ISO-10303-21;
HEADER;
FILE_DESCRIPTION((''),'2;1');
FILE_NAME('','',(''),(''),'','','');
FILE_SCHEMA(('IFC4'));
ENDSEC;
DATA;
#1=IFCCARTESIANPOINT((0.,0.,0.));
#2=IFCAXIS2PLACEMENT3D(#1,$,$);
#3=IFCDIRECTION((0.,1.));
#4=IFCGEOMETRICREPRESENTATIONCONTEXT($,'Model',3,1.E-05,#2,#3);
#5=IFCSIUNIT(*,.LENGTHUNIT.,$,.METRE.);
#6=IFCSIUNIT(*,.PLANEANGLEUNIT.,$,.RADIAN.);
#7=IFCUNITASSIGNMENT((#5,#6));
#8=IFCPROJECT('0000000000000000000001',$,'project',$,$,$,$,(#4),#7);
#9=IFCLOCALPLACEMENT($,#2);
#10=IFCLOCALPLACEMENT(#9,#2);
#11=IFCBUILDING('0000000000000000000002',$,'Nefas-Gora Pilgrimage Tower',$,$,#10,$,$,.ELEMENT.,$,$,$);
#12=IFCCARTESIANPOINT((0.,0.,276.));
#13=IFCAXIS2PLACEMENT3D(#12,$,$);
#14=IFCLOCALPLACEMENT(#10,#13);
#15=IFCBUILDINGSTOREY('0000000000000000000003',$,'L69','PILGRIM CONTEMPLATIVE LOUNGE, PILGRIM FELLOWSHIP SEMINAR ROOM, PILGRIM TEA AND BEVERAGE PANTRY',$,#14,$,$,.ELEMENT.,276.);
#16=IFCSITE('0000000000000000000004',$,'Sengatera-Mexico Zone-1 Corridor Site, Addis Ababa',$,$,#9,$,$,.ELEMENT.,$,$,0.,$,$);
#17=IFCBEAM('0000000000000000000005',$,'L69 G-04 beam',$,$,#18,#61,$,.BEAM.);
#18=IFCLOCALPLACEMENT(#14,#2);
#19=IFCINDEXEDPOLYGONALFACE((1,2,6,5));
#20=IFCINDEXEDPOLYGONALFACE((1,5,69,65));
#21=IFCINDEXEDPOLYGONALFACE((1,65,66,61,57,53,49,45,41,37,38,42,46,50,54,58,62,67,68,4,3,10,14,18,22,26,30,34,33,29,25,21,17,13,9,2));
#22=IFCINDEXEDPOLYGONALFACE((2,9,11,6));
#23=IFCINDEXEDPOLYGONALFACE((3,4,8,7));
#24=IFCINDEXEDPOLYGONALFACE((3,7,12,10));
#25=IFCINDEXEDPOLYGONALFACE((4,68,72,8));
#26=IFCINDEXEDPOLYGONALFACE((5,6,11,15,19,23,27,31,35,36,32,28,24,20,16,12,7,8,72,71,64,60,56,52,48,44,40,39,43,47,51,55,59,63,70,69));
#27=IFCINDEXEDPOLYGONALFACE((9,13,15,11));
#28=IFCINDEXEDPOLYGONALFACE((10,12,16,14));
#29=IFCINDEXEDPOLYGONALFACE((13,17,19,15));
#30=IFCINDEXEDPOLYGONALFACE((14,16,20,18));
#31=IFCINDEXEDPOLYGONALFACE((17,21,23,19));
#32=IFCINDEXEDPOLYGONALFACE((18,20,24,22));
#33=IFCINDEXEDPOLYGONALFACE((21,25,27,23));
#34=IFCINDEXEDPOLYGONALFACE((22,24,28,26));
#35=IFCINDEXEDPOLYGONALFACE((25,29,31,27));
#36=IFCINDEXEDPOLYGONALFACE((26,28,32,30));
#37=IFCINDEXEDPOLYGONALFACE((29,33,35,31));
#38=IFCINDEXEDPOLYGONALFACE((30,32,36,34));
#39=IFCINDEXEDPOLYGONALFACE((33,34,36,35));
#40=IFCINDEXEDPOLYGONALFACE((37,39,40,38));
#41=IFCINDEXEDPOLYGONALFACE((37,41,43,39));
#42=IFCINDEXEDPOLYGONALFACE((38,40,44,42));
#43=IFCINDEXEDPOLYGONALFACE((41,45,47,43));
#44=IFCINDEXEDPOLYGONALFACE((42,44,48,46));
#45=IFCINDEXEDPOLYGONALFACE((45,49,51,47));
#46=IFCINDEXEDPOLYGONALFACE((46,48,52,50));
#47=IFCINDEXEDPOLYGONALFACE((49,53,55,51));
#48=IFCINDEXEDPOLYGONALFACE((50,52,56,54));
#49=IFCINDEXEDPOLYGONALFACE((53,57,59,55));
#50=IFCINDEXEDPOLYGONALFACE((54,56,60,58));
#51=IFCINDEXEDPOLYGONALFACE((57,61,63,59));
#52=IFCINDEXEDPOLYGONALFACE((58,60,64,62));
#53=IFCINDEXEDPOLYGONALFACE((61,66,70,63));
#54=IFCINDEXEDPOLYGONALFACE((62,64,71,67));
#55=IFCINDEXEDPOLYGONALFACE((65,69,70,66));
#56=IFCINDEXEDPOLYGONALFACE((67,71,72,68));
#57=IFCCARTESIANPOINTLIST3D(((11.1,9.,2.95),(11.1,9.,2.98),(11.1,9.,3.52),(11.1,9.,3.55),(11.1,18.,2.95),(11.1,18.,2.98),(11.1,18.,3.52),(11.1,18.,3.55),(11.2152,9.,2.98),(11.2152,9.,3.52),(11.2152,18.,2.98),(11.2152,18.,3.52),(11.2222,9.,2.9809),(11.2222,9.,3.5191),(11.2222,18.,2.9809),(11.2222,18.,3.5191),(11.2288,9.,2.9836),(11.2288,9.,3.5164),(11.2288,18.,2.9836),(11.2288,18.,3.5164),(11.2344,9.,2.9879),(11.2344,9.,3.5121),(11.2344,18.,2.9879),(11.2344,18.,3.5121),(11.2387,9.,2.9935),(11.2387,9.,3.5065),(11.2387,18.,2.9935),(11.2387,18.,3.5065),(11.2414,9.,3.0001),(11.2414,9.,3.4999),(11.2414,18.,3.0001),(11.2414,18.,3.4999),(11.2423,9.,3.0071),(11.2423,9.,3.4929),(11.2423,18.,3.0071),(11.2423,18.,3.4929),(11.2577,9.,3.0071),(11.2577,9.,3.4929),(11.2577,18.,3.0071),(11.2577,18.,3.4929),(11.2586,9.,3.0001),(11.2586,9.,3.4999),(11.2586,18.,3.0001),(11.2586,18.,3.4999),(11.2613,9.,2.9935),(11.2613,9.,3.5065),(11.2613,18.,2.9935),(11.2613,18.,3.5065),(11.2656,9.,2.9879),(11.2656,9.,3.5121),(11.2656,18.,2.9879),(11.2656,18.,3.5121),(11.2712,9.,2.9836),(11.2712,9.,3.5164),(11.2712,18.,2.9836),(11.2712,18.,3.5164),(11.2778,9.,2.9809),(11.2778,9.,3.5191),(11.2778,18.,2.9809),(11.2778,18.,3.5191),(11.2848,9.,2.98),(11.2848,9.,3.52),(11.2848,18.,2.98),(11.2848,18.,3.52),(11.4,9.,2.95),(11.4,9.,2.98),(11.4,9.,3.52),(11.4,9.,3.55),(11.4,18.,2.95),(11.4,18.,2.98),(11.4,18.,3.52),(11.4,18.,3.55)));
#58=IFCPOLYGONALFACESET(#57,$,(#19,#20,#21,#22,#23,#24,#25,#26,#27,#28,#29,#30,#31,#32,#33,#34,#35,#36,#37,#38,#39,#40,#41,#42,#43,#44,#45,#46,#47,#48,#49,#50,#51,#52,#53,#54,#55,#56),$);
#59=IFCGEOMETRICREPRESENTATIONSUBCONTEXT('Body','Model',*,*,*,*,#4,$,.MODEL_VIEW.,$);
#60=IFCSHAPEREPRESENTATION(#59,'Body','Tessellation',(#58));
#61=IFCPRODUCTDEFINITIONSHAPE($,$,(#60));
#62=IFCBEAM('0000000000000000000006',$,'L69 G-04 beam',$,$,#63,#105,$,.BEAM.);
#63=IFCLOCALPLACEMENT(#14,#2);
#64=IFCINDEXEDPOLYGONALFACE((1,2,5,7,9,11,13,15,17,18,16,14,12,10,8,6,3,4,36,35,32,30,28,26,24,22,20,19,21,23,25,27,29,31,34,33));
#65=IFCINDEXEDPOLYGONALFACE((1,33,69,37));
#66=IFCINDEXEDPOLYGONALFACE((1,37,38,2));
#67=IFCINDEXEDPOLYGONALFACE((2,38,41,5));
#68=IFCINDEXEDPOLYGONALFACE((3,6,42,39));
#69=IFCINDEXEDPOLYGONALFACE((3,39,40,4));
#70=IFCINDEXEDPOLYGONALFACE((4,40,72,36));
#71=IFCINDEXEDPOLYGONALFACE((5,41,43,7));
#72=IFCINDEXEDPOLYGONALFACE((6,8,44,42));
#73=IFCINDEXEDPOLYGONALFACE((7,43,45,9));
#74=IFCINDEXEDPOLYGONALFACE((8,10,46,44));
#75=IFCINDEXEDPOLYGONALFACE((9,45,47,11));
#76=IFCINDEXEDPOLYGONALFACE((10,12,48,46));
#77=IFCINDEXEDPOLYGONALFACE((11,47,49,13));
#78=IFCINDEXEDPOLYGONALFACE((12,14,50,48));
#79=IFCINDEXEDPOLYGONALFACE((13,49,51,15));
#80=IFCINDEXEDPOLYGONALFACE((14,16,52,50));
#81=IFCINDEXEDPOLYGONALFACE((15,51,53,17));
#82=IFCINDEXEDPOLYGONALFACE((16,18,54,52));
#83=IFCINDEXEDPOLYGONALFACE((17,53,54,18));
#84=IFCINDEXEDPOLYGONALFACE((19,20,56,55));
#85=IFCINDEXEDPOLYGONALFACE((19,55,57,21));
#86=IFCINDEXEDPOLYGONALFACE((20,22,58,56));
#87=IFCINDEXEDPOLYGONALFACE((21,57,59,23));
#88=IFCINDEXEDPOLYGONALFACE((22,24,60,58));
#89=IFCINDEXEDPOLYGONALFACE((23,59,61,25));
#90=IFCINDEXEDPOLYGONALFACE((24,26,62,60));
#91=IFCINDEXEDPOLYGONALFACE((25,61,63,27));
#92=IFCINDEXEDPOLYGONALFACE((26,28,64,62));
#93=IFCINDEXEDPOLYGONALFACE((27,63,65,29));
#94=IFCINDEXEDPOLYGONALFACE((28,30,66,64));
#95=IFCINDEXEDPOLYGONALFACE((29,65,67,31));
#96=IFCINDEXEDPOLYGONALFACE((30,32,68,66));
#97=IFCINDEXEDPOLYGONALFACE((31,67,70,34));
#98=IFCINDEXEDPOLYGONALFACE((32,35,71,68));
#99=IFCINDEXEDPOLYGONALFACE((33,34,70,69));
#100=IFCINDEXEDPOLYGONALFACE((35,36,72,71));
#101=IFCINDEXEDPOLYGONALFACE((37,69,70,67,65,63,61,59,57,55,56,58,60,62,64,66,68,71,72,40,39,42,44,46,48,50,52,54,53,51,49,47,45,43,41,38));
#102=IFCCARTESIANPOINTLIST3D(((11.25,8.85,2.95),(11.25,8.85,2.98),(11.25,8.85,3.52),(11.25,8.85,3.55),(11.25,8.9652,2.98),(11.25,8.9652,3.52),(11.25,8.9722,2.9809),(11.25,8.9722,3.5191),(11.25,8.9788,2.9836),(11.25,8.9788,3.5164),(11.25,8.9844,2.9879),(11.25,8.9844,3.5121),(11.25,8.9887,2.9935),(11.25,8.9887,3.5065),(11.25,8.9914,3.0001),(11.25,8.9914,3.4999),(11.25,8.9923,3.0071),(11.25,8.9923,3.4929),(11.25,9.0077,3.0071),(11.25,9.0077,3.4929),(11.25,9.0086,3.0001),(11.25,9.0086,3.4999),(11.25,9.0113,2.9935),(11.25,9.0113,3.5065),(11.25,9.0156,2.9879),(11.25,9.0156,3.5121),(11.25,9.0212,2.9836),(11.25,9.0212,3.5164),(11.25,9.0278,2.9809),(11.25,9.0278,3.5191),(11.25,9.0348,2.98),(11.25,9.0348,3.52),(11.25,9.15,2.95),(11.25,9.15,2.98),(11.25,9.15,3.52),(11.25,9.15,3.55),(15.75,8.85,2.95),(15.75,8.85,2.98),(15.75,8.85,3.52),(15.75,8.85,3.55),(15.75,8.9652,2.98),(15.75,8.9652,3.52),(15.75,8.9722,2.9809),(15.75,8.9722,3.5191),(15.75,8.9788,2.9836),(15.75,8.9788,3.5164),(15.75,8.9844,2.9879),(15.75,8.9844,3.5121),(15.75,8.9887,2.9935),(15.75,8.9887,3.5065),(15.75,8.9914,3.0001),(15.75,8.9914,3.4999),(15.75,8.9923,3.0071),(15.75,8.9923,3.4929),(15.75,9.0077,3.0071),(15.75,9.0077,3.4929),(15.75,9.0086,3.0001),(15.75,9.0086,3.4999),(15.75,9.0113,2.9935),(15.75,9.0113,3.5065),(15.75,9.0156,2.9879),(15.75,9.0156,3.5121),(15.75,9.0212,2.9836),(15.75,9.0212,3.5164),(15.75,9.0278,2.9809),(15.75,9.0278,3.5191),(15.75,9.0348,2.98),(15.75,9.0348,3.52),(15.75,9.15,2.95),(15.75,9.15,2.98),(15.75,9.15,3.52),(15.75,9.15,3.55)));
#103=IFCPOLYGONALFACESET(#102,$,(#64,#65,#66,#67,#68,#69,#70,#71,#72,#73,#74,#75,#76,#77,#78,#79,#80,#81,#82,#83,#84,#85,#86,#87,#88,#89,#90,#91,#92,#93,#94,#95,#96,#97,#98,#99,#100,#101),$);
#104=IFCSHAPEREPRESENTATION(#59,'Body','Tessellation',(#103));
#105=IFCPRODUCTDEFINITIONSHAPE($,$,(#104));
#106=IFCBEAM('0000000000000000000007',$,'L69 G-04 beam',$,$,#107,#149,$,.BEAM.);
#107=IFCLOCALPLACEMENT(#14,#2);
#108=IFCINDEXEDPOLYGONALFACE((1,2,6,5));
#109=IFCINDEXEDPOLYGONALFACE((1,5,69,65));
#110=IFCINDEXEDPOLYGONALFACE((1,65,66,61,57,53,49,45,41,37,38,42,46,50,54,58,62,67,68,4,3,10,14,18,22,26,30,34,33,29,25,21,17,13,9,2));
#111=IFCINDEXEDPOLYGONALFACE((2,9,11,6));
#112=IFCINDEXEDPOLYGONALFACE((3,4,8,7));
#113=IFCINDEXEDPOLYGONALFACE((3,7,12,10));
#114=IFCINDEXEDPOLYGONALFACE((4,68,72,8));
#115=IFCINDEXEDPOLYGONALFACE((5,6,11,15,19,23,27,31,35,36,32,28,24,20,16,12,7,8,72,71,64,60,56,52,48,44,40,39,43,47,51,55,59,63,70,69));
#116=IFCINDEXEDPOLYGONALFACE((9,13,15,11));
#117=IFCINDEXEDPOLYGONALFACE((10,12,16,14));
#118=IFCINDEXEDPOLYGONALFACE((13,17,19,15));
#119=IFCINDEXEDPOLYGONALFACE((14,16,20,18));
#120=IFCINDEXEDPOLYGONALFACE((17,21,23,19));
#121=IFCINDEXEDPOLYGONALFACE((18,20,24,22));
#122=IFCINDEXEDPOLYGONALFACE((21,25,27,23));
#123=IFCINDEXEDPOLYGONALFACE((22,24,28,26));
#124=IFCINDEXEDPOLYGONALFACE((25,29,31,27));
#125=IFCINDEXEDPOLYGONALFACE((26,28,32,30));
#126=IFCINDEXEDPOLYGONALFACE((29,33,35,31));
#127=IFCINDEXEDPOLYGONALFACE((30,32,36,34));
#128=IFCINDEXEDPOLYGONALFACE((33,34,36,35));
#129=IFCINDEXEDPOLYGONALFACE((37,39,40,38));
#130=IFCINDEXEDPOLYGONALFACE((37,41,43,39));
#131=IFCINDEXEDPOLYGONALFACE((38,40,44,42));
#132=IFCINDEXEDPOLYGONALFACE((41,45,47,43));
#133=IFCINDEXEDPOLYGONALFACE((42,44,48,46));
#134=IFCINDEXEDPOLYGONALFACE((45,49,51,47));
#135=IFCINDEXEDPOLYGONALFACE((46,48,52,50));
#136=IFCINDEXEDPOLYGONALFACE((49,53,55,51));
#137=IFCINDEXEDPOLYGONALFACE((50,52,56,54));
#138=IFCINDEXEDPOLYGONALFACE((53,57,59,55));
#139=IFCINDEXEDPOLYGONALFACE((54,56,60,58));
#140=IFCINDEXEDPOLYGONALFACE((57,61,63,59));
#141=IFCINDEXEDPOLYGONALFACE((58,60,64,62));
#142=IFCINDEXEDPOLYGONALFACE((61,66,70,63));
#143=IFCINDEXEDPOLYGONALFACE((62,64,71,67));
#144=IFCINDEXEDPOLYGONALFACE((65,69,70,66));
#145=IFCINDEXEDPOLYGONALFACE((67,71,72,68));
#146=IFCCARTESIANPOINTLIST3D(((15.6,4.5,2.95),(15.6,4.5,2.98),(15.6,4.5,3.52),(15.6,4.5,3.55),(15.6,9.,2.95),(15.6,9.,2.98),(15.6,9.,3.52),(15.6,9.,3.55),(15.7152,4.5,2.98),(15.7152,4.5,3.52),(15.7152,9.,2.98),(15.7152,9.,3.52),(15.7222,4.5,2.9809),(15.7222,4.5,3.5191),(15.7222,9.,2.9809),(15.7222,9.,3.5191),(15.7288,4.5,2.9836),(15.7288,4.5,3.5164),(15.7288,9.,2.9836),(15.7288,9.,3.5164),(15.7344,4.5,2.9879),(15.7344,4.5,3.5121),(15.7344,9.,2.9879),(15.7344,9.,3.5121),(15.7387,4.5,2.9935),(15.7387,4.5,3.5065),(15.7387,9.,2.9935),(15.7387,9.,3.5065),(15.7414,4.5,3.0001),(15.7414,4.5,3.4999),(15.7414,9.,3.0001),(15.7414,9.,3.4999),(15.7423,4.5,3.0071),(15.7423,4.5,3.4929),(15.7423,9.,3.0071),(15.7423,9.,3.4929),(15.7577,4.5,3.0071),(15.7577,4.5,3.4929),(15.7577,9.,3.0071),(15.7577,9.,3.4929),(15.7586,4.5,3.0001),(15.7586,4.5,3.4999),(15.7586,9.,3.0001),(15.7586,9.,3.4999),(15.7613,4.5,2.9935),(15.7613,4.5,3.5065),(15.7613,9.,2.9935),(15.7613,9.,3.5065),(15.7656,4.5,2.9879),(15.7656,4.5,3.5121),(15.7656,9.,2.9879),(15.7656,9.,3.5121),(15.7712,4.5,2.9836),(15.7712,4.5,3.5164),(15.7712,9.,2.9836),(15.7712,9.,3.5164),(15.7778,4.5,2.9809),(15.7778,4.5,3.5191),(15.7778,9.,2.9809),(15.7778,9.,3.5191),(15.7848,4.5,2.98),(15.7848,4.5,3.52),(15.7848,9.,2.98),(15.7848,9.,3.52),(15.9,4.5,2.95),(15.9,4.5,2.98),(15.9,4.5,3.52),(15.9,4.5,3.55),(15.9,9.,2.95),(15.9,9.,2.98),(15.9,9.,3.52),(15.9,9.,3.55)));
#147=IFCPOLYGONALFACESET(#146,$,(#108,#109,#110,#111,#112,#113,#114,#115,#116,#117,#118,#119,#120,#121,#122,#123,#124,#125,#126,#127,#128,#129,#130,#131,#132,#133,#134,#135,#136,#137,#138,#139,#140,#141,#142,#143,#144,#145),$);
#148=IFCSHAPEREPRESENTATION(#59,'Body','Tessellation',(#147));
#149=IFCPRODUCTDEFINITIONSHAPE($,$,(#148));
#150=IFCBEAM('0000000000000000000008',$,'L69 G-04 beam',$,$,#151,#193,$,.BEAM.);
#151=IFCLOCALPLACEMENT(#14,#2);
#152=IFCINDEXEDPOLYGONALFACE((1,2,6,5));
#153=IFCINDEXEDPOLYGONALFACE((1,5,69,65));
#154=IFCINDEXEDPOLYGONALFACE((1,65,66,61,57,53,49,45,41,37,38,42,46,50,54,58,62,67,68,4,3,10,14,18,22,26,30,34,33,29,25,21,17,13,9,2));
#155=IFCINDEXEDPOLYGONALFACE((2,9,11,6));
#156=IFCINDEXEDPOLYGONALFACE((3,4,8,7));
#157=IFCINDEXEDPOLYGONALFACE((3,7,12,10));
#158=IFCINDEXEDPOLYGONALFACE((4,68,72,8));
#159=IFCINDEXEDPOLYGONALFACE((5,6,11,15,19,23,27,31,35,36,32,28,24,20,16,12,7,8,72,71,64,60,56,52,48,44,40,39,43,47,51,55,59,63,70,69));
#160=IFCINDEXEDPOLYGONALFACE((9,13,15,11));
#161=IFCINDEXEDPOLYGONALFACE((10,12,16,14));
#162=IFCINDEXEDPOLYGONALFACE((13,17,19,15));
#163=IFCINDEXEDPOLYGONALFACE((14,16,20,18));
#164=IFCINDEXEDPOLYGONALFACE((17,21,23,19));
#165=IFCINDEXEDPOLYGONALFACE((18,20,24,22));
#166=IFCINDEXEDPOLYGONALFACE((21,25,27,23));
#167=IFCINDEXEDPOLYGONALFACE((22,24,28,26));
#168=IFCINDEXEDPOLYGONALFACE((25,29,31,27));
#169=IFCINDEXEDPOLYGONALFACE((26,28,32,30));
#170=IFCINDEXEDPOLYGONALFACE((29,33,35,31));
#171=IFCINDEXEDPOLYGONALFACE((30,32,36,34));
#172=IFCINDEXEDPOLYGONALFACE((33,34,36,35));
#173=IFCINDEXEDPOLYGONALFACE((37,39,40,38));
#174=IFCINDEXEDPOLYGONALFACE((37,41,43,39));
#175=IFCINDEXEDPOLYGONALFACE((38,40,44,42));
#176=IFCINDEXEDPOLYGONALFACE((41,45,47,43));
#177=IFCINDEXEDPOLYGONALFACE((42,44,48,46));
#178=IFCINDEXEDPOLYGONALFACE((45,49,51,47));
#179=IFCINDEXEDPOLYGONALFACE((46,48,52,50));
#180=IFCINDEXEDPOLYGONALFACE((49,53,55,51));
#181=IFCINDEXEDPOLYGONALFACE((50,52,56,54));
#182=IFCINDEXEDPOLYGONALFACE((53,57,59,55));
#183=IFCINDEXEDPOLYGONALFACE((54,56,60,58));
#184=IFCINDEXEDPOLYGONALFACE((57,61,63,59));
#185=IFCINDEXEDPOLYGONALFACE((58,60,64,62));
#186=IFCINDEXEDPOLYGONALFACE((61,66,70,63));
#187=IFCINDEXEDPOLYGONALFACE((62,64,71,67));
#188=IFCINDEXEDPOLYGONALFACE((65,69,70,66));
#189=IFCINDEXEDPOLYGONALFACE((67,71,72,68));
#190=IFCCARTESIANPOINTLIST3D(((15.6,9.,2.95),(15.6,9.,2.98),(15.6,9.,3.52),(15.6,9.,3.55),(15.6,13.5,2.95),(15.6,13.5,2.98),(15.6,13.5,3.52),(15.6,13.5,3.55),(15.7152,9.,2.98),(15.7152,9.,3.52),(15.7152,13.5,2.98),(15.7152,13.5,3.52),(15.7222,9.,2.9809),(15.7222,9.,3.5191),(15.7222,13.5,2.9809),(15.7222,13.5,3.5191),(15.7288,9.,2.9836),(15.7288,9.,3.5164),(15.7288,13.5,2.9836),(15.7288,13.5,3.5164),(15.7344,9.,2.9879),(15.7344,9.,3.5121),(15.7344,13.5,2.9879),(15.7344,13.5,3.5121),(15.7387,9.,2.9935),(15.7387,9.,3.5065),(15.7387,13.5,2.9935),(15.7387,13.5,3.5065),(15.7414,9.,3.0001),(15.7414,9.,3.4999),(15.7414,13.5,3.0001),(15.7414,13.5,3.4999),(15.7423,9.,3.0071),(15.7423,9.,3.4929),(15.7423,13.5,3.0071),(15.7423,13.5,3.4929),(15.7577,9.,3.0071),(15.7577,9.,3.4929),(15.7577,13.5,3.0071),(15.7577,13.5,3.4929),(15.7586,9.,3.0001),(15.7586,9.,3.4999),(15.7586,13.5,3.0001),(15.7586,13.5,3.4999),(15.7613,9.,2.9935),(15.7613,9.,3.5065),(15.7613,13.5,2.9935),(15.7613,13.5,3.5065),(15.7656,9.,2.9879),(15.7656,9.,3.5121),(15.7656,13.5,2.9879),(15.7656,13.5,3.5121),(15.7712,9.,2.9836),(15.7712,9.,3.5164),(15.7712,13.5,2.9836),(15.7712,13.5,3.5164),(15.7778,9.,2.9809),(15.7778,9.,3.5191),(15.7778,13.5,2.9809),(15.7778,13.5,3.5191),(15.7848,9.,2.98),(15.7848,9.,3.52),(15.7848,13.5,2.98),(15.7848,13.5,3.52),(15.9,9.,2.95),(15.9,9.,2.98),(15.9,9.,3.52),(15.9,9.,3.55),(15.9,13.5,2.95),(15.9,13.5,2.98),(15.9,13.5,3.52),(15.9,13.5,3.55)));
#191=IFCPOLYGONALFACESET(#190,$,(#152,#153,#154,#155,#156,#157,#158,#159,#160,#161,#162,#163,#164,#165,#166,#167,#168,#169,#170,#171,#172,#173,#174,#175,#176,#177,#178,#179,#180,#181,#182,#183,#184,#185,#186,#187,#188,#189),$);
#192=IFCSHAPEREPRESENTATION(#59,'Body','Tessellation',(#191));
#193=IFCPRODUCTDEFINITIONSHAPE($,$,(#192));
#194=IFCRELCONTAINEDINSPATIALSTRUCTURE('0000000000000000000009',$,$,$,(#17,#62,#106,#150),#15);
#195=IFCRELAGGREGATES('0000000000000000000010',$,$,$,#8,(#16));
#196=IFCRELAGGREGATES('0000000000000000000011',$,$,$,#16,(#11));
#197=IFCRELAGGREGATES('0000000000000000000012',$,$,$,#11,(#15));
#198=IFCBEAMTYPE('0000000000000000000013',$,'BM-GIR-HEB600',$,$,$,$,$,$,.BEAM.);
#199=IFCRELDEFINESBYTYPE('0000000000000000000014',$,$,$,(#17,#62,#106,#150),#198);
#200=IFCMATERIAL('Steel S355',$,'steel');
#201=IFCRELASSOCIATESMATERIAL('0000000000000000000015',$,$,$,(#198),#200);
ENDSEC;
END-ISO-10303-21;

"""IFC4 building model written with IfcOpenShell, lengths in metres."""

from ifc_helpers import new_model, si_unit, direction, frame, origin, origin_2d, place, context, subcontext, project, spatial, i_section, extrude, source, transform, mapped, material, material_profile, profile_set, type_object, element, save


model = new_model("IFC4")

# Units and contexts
model_context = context("Model", 3, precision=1e-05, world=origin(), true_north=direction((0.0, 1.0)))
body_context = subcontext(model_context, "Body", "Model", "MODEL_VIEW")
ifc_project = project(units=[si_unit("LENGTHUNIT", "METRE"), si_unit("PLANEANGLEUNIT", "RADIAN")], contexts=[model_context])

# Site, building, storey
site_placement = place(None, origin())
site = spatial("IfcSite", under=ifc_project, at=site_placement, Name="Sengatera-Mexico Zone-1 Corridor Site, Addis Ababa", CompositionType="ELEMENT", RefElevation=0.0)
building_placement = place(site_placement, origin())
building = spatial("IfcBuilding", under=site, at=building_placement, Name="Nefas-Gora Pilgrimage Tower", CompositionType="ELEMENT")
storey_placement = place(building_placement, frame((0.0, 0.0, 276.0)))
storey = spatial("IfcBuildingStorey", under=building, at=storey_placement, Name="L69", Description="PILGRIM CONTEMPLATIVE LOUNGE, PILGRIM FELLOWSHIP SEMINAR ROOM, PILGRIM TEA AND BEVERAGE PANTRY", CompositionType="ELEMENT", Elevation=276.0)

# Shared definitions
ifc_material_1 = material(Name="Steel S355", Category="steel")

# Beams
ifc_material_profile_1 = material_profile(ifc_material_1, i_section(OverallWidth=0.3, OverallDepth=0.6001, WebThickness=0.0154, FlangeThickness=0.03, FilletRadius=0.0271, at=origin_2d()), Name="HEB 600")
ifc_profile_set_1 = profile_set([ifc_material_profile_1], Name="Steel S355")
beam_type_1 = type_object("IfcBeamType", Name="BM-GIR-HEB600", PredefinedType="BEAM", material=ifc_profile_set_1)
shared_shape_1 = source(origin(), body_context, "Body", "SweptSolid", [
    extrude(i_section(OverallWidth=0.3, OverallDepth=0.6001, WebThickness=0.0154, FlangeThickness=0.03, FilletRadius=0.0271, at=origin_2d()), origin(), (0.0, 0.0, 1.0), 9.0),
])
beam_placement = place(storey_placement, frame((11.25, 9.0, 3.25), z_axis=(0.0, 1.0, 0.0), x_axis=(-1.0, 0.0, 0.0)))
element("IfcBeam", 1, at=beam_placement, inside=storey, type_object=beam_type_1, Name="L69 G-04 beam", PredefinedType="BEAM", context=body_context, shape_type="MappedRepresentation", body=[
    mapped(shared_shape_1, transform((0.0, 0.0, 0.0), x_axis=(1.0, 0.0, 0.0), y_axis=(0.0, 1.0, 0.0), z_axis=(0.0, 0.0, 1.0), scale=1.0)),
])
shared_shape_2 = source(origin(), body_context, "Body", "SweptSolid", [
    extrude(i_section(OverallWidth=0.3, OverallDepth=0.6001, WebThickness=0.0154, FlangeThickness=0.03, FilletRadius=0.0271, at=origin_2d()), origin(), (0.0, 0.0, 1.0), 4.5),
])
for number, where, z_axis, x_axis, name in (
    (2, (11.25, 9.0, 3.25), (1.0, 0.0, 0.0), (0.0, 1.0, 0.0), "L69 G-04 beam"),
    (3, (15.75, 4.5, 3.25), (0.0, 1.0, 0.0), (-1.0, 0.0, 0.0), "L69 G-04 beam"),
    (4, (15.75, 9.0, 3.25), (0.0, 1.0, 0.0), (-1.0, 0.0, 0.0), "L69 G-04 beam"),
):
    element("IfcBeam", number, at=place(storey_placement, frame(where, z_axis=z_axis, x_axis=x_axis)), inside=storey, type_object=beam_type_1, Name=name, PredefinedType="BEAM", context=body_context, shape_type="MappedRepresentation", body=[
        mapped(shared_shape_2, transform((0.0, 0.0, 0.0), x_axis=(1.0, 0.0, 0.0), y_axis=(0.0, 1.0, 0.0), z_axis=(0.0, 0.0, 1.0), scale=1.0)),
    ])

save(model, "model.ifc")
